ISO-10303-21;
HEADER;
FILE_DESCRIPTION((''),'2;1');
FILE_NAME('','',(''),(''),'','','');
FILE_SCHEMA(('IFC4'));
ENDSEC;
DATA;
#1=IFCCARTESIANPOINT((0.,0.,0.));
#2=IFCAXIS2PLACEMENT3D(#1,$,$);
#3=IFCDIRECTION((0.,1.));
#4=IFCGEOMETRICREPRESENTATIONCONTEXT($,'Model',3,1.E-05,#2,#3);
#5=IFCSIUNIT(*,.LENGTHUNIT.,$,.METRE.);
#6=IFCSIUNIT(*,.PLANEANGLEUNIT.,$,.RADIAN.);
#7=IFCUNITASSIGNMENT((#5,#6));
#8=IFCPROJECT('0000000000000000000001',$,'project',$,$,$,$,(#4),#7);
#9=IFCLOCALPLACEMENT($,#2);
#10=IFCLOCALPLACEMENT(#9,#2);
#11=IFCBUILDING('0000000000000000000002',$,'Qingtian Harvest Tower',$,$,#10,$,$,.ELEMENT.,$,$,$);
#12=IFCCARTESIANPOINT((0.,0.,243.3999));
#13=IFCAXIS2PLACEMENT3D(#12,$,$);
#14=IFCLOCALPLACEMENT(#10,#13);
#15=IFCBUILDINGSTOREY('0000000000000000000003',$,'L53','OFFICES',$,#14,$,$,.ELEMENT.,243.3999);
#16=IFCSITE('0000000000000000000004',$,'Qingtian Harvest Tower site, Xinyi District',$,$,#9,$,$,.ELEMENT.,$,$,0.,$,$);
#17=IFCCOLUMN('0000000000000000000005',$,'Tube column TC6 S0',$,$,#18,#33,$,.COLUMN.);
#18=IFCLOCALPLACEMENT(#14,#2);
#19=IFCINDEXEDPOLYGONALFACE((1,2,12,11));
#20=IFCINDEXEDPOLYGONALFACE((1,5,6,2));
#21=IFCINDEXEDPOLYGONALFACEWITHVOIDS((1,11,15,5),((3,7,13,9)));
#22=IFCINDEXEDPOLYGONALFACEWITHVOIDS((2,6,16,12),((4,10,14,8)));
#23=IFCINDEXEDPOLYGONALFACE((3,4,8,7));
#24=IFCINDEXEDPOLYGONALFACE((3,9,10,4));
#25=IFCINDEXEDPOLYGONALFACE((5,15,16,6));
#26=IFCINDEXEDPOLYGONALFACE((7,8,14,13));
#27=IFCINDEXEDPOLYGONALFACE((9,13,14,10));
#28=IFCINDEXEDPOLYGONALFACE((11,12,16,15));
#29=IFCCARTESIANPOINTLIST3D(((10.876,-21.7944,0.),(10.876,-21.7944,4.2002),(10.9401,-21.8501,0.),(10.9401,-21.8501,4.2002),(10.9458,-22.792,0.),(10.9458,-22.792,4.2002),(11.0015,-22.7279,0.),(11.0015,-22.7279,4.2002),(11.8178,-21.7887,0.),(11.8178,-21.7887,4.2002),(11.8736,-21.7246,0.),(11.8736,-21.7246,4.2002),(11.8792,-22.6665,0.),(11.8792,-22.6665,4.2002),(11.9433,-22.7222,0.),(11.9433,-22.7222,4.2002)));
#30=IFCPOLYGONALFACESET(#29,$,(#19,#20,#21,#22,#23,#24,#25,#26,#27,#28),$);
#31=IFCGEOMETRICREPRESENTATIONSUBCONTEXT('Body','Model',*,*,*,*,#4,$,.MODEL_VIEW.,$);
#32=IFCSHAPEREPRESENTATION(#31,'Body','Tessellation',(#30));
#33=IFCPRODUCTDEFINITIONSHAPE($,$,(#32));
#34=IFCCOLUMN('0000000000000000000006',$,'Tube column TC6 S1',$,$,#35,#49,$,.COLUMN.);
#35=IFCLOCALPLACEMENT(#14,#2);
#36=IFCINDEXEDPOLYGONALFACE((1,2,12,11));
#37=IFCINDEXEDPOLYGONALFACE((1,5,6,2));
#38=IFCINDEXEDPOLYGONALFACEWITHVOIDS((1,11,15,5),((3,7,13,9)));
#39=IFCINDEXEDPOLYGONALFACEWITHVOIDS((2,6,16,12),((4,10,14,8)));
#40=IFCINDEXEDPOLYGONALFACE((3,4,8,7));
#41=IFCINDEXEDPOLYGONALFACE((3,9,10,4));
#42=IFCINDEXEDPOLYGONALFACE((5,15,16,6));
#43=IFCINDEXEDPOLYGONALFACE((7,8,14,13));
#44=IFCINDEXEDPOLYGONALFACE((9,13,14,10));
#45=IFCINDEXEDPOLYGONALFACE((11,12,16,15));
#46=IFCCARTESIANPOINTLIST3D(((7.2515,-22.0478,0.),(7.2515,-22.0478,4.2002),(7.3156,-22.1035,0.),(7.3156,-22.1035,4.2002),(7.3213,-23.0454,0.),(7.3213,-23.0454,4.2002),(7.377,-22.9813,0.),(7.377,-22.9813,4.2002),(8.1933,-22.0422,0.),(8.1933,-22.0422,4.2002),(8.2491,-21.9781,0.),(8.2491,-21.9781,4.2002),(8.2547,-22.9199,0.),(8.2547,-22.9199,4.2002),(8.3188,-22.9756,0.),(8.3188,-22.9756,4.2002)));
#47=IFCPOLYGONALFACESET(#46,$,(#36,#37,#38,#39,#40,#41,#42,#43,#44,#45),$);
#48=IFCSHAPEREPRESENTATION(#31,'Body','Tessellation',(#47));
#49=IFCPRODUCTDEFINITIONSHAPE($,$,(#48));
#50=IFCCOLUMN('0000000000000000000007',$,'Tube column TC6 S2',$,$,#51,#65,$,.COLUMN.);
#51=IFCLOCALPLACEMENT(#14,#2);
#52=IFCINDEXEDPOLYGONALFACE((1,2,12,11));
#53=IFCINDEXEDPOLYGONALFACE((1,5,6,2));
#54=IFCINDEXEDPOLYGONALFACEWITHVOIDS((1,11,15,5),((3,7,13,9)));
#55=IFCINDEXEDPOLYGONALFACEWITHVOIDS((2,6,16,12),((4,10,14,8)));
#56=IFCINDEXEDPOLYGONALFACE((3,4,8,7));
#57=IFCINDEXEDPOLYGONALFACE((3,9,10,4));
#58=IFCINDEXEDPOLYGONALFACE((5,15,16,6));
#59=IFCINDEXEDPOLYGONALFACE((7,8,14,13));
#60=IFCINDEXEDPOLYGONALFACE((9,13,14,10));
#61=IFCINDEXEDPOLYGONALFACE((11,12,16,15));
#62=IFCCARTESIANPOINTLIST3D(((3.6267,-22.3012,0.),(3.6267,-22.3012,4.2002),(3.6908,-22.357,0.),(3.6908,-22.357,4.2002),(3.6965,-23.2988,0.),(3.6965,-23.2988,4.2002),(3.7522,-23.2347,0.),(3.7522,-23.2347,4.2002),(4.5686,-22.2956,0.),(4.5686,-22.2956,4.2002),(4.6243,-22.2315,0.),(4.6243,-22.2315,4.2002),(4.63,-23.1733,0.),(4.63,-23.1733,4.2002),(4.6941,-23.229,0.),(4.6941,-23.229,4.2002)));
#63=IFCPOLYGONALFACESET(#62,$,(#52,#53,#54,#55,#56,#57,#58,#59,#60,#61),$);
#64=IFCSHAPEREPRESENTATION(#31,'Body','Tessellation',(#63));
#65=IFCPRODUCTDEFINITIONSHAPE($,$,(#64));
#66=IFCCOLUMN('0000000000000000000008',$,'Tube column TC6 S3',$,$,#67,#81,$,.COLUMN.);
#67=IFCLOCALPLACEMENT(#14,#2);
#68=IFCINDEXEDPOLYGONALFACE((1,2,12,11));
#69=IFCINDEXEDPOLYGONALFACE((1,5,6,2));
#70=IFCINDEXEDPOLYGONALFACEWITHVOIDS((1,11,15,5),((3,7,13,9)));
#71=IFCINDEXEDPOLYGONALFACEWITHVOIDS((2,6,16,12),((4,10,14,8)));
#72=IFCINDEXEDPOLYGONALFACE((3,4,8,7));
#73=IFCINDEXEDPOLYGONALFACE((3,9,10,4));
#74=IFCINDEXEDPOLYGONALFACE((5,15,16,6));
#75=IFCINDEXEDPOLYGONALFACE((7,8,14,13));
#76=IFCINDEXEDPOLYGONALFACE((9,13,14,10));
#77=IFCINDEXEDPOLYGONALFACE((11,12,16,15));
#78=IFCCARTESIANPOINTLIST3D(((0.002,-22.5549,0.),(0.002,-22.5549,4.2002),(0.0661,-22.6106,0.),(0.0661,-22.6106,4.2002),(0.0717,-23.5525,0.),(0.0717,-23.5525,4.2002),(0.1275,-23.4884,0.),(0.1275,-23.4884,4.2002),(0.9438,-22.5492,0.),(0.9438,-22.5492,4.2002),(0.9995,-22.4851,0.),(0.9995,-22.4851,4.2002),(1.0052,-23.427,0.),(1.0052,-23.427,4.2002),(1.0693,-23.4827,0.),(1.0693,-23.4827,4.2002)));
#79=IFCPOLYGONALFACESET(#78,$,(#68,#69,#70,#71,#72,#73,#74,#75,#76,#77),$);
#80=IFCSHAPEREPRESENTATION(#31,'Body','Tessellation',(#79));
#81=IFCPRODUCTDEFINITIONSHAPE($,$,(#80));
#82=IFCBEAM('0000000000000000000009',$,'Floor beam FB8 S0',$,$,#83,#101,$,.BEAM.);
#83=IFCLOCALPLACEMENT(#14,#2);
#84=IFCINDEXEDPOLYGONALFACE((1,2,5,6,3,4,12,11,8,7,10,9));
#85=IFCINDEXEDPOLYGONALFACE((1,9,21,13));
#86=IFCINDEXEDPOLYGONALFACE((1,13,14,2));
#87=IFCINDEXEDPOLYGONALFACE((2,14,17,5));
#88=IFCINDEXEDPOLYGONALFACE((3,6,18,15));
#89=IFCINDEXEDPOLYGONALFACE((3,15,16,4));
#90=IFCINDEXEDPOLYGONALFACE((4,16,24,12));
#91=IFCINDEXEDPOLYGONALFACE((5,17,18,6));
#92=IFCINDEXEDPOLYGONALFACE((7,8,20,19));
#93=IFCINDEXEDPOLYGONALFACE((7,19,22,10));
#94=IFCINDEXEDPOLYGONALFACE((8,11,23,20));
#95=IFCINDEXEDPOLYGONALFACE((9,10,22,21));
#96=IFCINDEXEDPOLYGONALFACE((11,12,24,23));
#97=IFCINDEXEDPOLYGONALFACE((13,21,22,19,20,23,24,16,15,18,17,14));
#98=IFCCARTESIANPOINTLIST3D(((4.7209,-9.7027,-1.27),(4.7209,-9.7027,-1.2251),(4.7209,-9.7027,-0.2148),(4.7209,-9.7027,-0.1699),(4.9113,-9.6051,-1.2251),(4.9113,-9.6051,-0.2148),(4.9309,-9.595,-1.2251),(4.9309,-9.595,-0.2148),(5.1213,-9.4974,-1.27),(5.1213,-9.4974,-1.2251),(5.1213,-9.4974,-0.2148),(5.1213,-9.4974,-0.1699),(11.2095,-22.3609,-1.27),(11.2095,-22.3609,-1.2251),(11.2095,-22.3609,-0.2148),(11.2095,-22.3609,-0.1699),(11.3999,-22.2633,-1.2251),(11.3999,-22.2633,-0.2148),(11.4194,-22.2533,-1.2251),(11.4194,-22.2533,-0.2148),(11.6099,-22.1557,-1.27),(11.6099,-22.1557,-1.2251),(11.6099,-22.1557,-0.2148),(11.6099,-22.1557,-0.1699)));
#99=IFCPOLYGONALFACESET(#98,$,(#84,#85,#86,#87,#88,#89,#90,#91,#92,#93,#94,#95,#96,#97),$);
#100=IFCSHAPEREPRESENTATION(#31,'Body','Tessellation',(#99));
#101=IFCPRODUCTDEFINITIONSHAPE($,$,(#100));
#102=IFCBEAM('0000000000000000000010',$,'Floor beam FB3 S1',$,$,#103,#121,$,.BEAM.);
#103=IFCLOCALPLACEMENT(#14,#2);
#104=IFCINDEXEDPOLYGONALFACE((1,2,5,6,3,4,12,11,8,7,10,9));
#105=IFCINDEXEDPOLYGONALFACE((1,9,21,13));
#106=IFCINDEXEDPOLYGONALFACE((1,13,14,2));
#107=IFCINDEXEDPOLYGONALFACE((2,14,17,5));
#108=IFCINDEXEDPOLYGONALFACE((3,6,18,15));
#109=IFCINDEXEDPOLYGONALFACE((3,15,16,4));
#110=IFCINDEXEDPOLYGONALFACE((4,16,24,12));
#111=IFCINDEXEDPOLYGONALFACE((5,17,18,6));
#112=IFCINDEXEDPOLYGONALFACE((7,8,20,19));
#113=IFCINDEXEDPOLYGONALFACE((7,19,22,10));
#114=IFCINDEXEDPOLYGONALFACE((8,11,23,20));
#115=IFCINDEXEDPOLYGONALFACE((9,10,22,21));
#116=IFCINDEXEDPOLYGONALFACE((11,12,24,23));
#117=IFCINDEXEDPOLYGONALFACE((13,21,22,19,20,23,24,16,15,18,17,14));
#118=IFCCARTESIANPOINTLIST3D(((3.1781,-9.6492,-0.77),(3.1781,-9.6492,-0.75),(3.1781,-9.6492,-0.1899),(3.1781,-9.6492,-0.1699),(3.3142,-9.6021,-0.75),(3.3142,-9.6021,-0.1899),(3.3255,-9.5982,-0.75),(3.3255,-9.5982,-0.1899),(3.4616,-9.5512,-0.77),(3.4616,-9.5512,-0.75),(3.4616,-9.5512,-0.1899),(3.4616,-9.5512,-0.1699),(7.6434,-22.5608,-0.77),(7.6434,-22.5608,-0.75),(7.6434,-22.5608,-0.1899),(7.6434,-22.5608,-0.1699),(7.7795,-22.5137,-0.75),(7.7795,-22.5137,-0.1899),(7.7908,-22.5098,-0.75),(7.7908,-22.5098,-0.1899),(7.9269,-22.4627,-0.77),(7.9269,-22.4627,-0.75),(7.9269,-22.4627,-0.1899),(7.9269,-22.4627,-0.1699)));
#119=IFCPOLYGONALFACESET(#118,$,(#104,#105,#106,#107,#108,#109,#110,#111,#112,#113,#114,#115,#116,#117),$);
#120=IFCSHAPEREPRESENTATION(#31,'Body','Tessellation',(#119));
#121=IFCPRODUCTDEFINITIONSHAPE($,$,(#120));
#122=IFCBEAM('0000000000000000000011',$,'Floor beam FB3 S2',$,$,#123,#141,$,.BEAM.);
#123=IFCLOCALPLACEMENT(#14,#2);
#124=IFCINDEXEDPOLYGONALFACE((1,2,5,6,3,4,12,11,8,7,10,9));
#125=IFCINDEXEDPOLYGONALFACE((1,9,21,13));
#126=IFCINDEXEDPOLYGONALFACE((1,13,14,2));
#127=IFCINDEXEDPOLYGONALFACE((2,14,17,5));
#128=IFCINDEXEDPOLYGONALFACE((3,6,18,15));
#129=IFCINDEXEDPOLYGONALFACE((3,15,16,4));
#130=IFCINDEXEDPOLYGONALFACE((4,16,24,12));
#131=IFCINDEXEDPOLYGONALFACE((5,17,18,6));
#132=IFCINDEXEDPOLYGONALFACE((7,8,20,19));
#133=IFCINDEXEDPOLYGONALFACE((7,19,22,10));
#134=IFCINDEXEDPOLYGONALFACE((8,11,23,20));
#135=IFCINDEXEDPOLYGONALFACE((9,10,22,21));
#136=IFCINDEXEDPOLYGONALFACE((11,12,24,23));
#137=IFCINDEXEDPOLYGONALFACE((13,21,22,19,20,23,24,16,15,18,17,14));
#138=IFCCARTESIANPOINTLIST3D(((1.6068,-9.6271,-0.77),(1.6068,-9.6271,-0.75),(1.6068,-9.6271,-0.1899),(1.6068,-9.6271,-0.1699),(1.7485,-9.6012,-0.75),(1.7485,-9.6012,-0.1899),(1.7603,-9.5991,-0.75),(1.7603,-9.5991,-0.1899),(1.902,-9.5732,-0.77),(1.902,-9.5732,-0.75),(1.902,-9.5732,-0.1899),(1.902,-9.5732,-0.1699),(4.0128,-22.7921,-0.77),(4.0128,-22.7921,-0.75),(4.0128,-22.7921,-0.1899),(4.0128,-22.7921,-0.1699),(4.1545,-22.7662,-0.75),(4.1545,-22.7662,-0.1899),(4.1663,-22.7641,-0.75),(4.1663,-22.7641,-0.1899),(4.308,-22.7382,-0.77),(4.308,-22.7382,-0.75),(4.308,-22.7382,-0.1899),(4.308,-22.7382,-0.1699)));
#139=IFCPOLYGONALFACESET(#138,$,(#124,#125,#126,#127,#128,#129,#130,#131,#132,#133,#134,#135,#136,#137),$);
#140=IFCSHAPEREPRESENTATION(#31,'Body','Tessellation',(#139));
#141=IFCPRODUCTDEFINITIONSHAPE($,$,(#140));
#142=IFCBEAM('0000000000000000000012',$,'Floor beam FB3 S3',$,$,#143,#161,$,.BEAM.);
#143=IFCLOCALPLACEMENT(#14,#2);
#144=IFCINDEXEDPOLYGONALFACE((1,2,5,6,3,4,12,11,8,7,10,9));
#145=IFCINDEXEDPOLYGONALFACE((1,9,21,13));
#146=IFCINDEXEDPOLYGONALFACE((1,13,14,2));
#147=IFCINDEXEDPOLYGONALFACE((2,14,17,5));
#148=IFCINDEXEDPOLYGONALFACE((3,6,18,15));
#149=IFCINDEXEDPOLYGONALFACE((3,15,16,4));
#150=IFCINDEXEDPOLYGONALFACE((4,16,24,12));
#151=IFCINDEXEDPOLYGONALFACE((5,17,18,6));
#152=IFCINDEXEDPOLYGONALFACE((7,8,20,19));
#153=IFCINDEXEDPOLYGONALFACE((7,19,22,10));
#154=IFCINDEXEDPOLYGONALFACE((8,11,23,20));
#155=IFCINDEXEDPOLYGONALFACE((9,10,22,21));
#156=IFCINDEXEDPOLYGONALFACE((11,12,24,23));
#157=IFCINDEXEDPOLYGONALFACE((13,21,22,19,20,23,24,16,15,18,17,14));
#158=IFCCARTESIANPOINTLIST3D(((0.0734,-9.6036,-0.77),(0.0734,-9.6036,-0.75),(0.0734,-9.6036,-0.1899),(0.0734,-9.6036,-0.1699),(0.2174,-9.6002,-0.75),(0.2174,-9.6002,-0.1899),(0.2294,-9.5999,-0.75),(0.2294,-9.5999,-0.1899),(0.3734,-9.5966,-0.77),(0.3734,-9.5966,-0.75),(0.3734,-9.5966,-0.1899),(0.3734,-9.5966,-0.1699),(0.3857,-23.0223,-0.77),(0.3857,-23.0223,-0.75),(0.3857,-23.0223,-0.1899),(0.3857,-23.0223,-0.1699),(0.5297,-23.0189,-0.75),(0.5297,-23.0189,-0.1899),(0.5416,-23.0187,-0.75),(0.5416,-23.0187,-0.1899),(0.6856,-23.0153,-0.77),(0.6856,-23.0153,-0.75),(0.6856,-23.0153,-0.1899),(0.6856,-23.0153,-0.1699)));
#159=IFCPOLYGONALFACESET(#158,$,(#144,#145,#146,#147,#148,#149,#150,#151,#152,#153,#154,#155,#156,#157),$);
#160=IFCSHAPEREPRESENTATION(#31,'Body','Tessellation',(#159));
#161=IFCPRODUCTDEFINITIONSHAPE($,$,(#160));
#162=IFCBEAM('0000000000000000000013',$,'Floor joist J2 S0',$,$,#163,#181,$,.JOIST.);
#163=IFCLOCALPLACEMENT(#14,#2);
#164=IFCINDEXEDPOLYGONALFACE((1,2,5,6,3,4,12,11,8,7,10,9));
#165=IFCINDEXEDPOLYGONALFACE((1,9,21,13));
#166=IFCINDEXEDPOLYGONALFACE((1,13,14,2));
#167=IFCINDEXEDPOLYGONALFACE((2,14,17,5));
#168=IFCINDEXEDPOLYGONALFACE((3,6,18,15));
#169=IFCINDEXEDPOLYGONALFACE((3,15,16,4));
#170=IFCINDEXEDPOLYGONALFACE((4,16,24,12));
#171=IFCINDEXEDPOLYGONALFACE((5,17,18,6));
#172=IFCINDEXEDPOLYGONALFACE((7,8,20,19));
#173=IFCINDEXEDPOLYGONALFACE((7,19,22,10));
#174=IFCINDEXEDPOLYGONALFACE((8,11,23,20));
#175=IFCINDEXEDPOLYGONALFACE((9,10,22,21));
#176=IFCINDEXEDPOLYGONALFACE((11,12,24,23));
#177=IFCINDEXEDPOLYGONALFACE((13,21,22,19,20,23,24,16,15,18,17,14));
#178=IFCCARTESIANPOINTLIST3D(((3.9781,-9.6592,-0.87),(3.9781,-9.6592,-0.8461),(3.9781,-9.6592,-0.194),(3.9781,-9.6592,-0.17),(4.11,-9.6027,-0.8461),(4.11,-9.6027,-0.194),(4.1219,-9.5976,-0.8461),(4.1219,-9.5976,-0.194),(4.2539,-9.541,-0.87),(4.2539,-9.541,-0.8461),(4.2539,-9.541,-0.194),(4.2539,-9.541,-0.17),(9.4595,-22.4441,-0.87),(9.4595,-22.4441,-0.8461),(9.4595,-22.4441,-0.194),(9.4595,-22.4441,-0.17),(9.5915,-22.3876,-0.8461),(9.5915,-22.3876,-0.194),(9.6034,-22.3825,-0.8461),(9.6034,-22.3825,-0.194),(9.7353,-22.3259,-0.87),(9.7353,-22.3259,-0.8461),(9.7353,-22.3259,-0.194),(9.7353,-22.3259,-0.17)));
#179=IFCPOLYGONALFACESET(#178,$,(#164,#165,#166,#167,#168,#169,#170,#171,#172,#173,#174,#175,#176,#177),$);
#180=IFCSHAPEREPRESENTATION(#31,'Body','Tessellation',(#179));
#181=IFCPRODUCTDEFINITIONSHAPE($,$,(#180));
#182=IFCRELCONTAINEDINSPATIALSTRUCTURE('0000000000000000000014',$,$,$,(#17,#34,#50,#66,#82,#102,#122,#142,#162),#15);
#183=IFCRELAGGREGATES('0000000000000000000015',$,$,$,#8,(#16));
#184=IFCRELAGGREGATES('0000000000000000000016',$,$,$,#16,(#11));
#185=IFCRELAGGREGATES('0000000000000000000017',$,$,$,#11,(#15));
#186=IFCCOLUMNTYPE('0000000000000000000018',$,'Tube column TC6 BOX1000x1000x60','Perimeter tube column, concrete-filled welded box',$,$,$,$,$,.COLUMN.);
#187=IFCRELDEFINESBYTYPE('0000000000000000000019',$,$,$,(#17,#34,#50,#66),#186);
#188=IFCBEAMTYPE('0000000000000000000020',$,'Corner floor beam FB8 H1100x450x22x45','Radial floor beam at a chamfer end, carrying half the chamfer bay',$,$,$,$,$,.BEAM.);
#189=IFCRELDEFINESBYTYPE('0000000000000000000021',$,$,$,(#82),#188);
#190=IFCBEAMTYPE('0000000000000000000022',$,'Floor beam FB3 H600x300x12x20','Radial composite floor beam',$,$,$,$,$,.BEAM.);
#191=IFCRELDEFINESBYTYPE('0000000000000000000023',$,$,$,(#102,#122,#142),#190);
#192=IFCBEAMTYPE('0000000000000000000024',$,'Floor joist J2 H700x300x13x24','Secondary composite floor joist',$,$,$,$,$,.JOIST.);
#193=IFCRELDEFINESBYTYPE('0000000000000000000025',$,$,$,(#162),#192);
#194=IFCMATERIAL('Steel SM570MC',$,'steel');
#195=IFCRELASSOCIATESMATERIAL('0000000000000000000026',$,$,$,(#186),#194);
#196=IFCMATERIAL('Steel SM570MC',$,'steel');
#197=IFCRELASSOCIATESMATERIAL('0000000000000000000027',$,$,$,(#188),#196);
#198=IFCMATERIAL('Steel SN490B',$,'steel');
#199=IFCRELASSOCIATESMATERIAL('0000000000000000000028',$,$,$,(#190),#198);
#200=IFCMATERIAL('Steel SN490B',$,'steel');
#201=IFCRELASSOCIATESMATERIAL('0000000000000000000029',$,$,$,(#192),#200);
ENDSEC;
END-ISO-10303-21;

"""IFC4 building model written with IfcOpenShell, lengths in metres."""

from ifc_helpers import new_model, si_unit, direction, frame, origin, origin_2d, place, context, subcontext, project, spatial, hollow_rectangle, i_section, extrude, material, material_profile, profile_set, type_object, element, save


model = new_model("IFC4")

# Units and contexts
model_context = context("Model", 3, precision=1e-05, world=origin(), true_north=direction((0.0, 1.0)))
body_context = subcontext(model_context, "Body", "Model", "MODEL_VIEW")
ifc_project = project(units=[si_unit("LENGTHUNIT", "METRE"), si_unit("PLANEANGLEUNIT", "RADIAN")], contexts=[model_context])

# Site, building, storey
site_placement = place(None, origin())
site = spatial("IfcSite", under=ifc_project, at=site_placement, Name="Qingtian Harvest Tower site, Xinyi District", CompositionType="ELEMENT", RefElevation=0.0)
building_placement = place(site_placement, origin())
building = spatial("IfcBuilding", under=site, at=building_placement, Name="Qingtian Harvest Tower", CompositionType="ELEMENT")
storey_placement = place(building_placement, frame((0.0, 0.0, 243.3999)))
storey = spatial("IfcBuildingStorey", under=building, at=storey_placement, Name="L53", Description="OFFICES", CompositionType="ELEMENT", Elevation=243.3999)

# Columns
ifc_material_1 = material(Name="Steel SM570MC", Category="steel")
ifc_material_profile_1 = material_profile(ifc_material_1, hollow_rectangle(XDim=1.0, YDim=1.0, WallThickness=0.0601, at=origin_2d()), Name="BOX1000x1000x60")
ifc_profile_set_1 = profile_set([ifc_material_profile_1], Name="Steel SM570MC")
column_type = type_object("IfcColumnType", Name="Tube column TC6 BOX1000x1000x60", Description="Perimeter tube column, concrete-filled welded box", PredefinedType="COLUMN", material=ifc_profile_set_1)
for number, where, z_axis, x_axis, name in (
    (1, (11.4097, -22.2583, 0.0), (0.0, 0.0, 1.0), (0.997564, 0.069756, 0.0), "Tube column TC6 S0"),
    (2, (7.7852, -22.5117, 0.0), (0.0, 0.0, 1.0), (0.997564, 0.069756, 0.0), "Tube column TC6 S1"),
    (3, (4.1604, -22.7651, 0.0), (0.0, 0.0, 1.0), (0.997564, 0.069756, 0.0), "Tube column TC6 S2"),
    (4, (0.5356, -23.0188, 0.0), (0.0, 0.0, 1.0), (0.997564, 0.069756, 0.0), "Tube column TC6 S3"),
):
    element("IfcColumn", number, at=place(storey_placement, frame(where, z_axis=z_axis, x_axis=x_axis)), inside=storey, type_object=column_type, Name=name, PredefinedType="COLUMN", context=body_context, shape_type="SweptSolid", body=[
        extrude(hollow_rectangle(XDim=1.0, YDim=1.0, WallThickness=0.0601, at=origin_2d()), origin(), (0.0, 0.0, 1.0), 4.2002),
    ])

# Beams
ifc_material_2 = material(Name="Steel SM570MC", Category="steel")
ifc_material_profile_2 = material_profile(ifc_material_2, i_section(OverallWidth=0.45, OverallDepth=1.1001, WebThickness=0.022, FlangeThickness=0.0449, at=origin_2d()), Name="H1100x450x22x45")
ifc_profile_set_2 = profile_set([ifc_material_profile_2], Name="Steel SM570MC")
beam_type_1 = type_object("IfcBeamType", Name="Corner floor beam FB8 H1100x450x22x45", Description="Radial floor beam at a chamfer end, carrying half the chamfer bay", PredefinedType="BEAM", material=ifc_profile_set_2)
beam_1_placement = place(storey_placement, frame((11.4097, -22.2583, -0.72), z_axis=(-0.456157, 0.889899, 0.0), x_axis=(-0.889899, -0.456157, 0.0)))
element("IfcBeam", 5, at=beam_1_placement, inside=storey, type_object=beam_type_1, Name="Floor beam FB8 S0", PredefinedType="BEAM", context=body_context, shape_type="SweptSolid", body=[
    extrude(i_section(OverallWidth=0.45, OverallDepth=1.1001, WebThickness=0.022, FlangeThickness=0.0449, at=origin_2d()), origin(), (0.0, 0.0, 1.0), 14.2244),
])
ifc_material_3 = material(Name="Steel SN490B", Category="steel")
ifc_material_profile_3 = material_profile(ifc_material_3, i_section(OverallWidth=0.3, OverallDepth=0.6001, WebThickness=0.012, FlangeThickness=0.02, at=origin_2d()), Name="H600x300x12x20")
ifc_profile_set_3 = profile_set([ifc_material_profile_3], Name="Steel SN490B")
beam_type_2 = type_object("IfcBeamType", Name="Floor beam FB3 H600x300x12x20", Description="Radial composite floor beam", PredefinedType="BEAM", material=ifc_profile_set_3)
beam_2_placement = place(storey_placement, frame((7.7852, -22.5117, -0.47), z_axis=(-0.326844, 0.945078, 0.0), x_axis=(-0.945078, -0.326844, 0.0)))
element("IfcBeam", 6, at=beam_2_placement, inside=storey, type_object=beam_type_2, Name="Floor beam FB3 S1", PredefinedType="BEAM", context=body_context, shape_type="SweptSolid", body=[
    extrude(i_section(OverallWidth=0.3, OverallDepth=0.6001, WebThickness=0.012, FlangeThickness=0.02, at=origin_2d()), origin(), (0.0, 0.0, 1.0), 13.6619),
])
beam_3_placement = place(storey_placement, frame((4.1604, -22.7651, -0.47), z_axis=(-0.17978, 0.983707, 0.0), x_axis=(-0.983707, -0.17978, 0.0)))
element("IfcBeam", 7, at=beam_3_placement, inside=storey, type_object=beam_type_2, Name="Floor beam FB3 S2", PredefinedType="BEAM", context=body_context, shape_type="SweptSolid", body=[
    extrude(i_section(OverallWidth=0.3, OverallDepth=0.6001, WebThickness=0.012, FlangeThickness=0.02, at=origin_2d()), origin(), (0.0, 0.0, 1.0), 13.3831),
])
beam_4_placement = place(storey_placement, frame((0.5356, -23.0188, -0.47), z_axis=(-0.023264, 0.999729, 0.0), x_axis=(-0.999729, -0.023264, 0.0)))
element("IfcBeam", 8, at=beam_4_placement, inside=storey, type_object=beam_type_2, Name="Floor beam FB3 S3", PredefinedType="BEAM", context=body_context, shape_type="SweptSolid", body=[
    extrude(i_section(OverallWidth=0.3, OverallDepth=0.6001, WebThickness=0.012, FlangeThickness=0.02, at=origin_2d()), origin(), (0.0, 0.0, 1.0), 13.4224),
])
ifc_material_4 = material(Name="Steel SN490B", Category="steel")
ifc_material_profile_4 = material_profile(ifc_material_4, i_section(OverallWidth=0.3, OverallDepth=0.7, WebThickness=0.0129, FlangeThickness=0.0239, at=origin_2d()), Name="H700x300x13x24")
ifc_profile_set_4 = profile_set([ifc_material_profile_4], Name="Steel SN490B")
beam_type_3 = type_object("IfcBeamType", Name="Floor joist J2 H700x300x13x24", Description="Secondary composite floor joist", PredefinedType="JOIST", material=ifc_profile_set_4)
beam_5_placement = place(storey_placement, frame((9.5974, -22.385, -0.52), z_axis=(-0.394053, 0.919088, 0.0), x_axis=(-0.919088, -0.394053, 0.0)))
element("IfcBeam", 9, at=beam_5_placement, inside=storey, type_object=beam_type_3, Name="Floor joist J2 S0", PredefinedType="JOIST", context=body_context, shape_type="SweptSolid", body=[
    extrude(i_section(OverallWidth=0.3, OverallDepth=0.7, WebThickness=0.0129, FlangeThickness=0.0239, at=origin_2d()), origin(), (0.0, 0.0, 1.0), 13.9104),
])

save(model, "model.ifc")
